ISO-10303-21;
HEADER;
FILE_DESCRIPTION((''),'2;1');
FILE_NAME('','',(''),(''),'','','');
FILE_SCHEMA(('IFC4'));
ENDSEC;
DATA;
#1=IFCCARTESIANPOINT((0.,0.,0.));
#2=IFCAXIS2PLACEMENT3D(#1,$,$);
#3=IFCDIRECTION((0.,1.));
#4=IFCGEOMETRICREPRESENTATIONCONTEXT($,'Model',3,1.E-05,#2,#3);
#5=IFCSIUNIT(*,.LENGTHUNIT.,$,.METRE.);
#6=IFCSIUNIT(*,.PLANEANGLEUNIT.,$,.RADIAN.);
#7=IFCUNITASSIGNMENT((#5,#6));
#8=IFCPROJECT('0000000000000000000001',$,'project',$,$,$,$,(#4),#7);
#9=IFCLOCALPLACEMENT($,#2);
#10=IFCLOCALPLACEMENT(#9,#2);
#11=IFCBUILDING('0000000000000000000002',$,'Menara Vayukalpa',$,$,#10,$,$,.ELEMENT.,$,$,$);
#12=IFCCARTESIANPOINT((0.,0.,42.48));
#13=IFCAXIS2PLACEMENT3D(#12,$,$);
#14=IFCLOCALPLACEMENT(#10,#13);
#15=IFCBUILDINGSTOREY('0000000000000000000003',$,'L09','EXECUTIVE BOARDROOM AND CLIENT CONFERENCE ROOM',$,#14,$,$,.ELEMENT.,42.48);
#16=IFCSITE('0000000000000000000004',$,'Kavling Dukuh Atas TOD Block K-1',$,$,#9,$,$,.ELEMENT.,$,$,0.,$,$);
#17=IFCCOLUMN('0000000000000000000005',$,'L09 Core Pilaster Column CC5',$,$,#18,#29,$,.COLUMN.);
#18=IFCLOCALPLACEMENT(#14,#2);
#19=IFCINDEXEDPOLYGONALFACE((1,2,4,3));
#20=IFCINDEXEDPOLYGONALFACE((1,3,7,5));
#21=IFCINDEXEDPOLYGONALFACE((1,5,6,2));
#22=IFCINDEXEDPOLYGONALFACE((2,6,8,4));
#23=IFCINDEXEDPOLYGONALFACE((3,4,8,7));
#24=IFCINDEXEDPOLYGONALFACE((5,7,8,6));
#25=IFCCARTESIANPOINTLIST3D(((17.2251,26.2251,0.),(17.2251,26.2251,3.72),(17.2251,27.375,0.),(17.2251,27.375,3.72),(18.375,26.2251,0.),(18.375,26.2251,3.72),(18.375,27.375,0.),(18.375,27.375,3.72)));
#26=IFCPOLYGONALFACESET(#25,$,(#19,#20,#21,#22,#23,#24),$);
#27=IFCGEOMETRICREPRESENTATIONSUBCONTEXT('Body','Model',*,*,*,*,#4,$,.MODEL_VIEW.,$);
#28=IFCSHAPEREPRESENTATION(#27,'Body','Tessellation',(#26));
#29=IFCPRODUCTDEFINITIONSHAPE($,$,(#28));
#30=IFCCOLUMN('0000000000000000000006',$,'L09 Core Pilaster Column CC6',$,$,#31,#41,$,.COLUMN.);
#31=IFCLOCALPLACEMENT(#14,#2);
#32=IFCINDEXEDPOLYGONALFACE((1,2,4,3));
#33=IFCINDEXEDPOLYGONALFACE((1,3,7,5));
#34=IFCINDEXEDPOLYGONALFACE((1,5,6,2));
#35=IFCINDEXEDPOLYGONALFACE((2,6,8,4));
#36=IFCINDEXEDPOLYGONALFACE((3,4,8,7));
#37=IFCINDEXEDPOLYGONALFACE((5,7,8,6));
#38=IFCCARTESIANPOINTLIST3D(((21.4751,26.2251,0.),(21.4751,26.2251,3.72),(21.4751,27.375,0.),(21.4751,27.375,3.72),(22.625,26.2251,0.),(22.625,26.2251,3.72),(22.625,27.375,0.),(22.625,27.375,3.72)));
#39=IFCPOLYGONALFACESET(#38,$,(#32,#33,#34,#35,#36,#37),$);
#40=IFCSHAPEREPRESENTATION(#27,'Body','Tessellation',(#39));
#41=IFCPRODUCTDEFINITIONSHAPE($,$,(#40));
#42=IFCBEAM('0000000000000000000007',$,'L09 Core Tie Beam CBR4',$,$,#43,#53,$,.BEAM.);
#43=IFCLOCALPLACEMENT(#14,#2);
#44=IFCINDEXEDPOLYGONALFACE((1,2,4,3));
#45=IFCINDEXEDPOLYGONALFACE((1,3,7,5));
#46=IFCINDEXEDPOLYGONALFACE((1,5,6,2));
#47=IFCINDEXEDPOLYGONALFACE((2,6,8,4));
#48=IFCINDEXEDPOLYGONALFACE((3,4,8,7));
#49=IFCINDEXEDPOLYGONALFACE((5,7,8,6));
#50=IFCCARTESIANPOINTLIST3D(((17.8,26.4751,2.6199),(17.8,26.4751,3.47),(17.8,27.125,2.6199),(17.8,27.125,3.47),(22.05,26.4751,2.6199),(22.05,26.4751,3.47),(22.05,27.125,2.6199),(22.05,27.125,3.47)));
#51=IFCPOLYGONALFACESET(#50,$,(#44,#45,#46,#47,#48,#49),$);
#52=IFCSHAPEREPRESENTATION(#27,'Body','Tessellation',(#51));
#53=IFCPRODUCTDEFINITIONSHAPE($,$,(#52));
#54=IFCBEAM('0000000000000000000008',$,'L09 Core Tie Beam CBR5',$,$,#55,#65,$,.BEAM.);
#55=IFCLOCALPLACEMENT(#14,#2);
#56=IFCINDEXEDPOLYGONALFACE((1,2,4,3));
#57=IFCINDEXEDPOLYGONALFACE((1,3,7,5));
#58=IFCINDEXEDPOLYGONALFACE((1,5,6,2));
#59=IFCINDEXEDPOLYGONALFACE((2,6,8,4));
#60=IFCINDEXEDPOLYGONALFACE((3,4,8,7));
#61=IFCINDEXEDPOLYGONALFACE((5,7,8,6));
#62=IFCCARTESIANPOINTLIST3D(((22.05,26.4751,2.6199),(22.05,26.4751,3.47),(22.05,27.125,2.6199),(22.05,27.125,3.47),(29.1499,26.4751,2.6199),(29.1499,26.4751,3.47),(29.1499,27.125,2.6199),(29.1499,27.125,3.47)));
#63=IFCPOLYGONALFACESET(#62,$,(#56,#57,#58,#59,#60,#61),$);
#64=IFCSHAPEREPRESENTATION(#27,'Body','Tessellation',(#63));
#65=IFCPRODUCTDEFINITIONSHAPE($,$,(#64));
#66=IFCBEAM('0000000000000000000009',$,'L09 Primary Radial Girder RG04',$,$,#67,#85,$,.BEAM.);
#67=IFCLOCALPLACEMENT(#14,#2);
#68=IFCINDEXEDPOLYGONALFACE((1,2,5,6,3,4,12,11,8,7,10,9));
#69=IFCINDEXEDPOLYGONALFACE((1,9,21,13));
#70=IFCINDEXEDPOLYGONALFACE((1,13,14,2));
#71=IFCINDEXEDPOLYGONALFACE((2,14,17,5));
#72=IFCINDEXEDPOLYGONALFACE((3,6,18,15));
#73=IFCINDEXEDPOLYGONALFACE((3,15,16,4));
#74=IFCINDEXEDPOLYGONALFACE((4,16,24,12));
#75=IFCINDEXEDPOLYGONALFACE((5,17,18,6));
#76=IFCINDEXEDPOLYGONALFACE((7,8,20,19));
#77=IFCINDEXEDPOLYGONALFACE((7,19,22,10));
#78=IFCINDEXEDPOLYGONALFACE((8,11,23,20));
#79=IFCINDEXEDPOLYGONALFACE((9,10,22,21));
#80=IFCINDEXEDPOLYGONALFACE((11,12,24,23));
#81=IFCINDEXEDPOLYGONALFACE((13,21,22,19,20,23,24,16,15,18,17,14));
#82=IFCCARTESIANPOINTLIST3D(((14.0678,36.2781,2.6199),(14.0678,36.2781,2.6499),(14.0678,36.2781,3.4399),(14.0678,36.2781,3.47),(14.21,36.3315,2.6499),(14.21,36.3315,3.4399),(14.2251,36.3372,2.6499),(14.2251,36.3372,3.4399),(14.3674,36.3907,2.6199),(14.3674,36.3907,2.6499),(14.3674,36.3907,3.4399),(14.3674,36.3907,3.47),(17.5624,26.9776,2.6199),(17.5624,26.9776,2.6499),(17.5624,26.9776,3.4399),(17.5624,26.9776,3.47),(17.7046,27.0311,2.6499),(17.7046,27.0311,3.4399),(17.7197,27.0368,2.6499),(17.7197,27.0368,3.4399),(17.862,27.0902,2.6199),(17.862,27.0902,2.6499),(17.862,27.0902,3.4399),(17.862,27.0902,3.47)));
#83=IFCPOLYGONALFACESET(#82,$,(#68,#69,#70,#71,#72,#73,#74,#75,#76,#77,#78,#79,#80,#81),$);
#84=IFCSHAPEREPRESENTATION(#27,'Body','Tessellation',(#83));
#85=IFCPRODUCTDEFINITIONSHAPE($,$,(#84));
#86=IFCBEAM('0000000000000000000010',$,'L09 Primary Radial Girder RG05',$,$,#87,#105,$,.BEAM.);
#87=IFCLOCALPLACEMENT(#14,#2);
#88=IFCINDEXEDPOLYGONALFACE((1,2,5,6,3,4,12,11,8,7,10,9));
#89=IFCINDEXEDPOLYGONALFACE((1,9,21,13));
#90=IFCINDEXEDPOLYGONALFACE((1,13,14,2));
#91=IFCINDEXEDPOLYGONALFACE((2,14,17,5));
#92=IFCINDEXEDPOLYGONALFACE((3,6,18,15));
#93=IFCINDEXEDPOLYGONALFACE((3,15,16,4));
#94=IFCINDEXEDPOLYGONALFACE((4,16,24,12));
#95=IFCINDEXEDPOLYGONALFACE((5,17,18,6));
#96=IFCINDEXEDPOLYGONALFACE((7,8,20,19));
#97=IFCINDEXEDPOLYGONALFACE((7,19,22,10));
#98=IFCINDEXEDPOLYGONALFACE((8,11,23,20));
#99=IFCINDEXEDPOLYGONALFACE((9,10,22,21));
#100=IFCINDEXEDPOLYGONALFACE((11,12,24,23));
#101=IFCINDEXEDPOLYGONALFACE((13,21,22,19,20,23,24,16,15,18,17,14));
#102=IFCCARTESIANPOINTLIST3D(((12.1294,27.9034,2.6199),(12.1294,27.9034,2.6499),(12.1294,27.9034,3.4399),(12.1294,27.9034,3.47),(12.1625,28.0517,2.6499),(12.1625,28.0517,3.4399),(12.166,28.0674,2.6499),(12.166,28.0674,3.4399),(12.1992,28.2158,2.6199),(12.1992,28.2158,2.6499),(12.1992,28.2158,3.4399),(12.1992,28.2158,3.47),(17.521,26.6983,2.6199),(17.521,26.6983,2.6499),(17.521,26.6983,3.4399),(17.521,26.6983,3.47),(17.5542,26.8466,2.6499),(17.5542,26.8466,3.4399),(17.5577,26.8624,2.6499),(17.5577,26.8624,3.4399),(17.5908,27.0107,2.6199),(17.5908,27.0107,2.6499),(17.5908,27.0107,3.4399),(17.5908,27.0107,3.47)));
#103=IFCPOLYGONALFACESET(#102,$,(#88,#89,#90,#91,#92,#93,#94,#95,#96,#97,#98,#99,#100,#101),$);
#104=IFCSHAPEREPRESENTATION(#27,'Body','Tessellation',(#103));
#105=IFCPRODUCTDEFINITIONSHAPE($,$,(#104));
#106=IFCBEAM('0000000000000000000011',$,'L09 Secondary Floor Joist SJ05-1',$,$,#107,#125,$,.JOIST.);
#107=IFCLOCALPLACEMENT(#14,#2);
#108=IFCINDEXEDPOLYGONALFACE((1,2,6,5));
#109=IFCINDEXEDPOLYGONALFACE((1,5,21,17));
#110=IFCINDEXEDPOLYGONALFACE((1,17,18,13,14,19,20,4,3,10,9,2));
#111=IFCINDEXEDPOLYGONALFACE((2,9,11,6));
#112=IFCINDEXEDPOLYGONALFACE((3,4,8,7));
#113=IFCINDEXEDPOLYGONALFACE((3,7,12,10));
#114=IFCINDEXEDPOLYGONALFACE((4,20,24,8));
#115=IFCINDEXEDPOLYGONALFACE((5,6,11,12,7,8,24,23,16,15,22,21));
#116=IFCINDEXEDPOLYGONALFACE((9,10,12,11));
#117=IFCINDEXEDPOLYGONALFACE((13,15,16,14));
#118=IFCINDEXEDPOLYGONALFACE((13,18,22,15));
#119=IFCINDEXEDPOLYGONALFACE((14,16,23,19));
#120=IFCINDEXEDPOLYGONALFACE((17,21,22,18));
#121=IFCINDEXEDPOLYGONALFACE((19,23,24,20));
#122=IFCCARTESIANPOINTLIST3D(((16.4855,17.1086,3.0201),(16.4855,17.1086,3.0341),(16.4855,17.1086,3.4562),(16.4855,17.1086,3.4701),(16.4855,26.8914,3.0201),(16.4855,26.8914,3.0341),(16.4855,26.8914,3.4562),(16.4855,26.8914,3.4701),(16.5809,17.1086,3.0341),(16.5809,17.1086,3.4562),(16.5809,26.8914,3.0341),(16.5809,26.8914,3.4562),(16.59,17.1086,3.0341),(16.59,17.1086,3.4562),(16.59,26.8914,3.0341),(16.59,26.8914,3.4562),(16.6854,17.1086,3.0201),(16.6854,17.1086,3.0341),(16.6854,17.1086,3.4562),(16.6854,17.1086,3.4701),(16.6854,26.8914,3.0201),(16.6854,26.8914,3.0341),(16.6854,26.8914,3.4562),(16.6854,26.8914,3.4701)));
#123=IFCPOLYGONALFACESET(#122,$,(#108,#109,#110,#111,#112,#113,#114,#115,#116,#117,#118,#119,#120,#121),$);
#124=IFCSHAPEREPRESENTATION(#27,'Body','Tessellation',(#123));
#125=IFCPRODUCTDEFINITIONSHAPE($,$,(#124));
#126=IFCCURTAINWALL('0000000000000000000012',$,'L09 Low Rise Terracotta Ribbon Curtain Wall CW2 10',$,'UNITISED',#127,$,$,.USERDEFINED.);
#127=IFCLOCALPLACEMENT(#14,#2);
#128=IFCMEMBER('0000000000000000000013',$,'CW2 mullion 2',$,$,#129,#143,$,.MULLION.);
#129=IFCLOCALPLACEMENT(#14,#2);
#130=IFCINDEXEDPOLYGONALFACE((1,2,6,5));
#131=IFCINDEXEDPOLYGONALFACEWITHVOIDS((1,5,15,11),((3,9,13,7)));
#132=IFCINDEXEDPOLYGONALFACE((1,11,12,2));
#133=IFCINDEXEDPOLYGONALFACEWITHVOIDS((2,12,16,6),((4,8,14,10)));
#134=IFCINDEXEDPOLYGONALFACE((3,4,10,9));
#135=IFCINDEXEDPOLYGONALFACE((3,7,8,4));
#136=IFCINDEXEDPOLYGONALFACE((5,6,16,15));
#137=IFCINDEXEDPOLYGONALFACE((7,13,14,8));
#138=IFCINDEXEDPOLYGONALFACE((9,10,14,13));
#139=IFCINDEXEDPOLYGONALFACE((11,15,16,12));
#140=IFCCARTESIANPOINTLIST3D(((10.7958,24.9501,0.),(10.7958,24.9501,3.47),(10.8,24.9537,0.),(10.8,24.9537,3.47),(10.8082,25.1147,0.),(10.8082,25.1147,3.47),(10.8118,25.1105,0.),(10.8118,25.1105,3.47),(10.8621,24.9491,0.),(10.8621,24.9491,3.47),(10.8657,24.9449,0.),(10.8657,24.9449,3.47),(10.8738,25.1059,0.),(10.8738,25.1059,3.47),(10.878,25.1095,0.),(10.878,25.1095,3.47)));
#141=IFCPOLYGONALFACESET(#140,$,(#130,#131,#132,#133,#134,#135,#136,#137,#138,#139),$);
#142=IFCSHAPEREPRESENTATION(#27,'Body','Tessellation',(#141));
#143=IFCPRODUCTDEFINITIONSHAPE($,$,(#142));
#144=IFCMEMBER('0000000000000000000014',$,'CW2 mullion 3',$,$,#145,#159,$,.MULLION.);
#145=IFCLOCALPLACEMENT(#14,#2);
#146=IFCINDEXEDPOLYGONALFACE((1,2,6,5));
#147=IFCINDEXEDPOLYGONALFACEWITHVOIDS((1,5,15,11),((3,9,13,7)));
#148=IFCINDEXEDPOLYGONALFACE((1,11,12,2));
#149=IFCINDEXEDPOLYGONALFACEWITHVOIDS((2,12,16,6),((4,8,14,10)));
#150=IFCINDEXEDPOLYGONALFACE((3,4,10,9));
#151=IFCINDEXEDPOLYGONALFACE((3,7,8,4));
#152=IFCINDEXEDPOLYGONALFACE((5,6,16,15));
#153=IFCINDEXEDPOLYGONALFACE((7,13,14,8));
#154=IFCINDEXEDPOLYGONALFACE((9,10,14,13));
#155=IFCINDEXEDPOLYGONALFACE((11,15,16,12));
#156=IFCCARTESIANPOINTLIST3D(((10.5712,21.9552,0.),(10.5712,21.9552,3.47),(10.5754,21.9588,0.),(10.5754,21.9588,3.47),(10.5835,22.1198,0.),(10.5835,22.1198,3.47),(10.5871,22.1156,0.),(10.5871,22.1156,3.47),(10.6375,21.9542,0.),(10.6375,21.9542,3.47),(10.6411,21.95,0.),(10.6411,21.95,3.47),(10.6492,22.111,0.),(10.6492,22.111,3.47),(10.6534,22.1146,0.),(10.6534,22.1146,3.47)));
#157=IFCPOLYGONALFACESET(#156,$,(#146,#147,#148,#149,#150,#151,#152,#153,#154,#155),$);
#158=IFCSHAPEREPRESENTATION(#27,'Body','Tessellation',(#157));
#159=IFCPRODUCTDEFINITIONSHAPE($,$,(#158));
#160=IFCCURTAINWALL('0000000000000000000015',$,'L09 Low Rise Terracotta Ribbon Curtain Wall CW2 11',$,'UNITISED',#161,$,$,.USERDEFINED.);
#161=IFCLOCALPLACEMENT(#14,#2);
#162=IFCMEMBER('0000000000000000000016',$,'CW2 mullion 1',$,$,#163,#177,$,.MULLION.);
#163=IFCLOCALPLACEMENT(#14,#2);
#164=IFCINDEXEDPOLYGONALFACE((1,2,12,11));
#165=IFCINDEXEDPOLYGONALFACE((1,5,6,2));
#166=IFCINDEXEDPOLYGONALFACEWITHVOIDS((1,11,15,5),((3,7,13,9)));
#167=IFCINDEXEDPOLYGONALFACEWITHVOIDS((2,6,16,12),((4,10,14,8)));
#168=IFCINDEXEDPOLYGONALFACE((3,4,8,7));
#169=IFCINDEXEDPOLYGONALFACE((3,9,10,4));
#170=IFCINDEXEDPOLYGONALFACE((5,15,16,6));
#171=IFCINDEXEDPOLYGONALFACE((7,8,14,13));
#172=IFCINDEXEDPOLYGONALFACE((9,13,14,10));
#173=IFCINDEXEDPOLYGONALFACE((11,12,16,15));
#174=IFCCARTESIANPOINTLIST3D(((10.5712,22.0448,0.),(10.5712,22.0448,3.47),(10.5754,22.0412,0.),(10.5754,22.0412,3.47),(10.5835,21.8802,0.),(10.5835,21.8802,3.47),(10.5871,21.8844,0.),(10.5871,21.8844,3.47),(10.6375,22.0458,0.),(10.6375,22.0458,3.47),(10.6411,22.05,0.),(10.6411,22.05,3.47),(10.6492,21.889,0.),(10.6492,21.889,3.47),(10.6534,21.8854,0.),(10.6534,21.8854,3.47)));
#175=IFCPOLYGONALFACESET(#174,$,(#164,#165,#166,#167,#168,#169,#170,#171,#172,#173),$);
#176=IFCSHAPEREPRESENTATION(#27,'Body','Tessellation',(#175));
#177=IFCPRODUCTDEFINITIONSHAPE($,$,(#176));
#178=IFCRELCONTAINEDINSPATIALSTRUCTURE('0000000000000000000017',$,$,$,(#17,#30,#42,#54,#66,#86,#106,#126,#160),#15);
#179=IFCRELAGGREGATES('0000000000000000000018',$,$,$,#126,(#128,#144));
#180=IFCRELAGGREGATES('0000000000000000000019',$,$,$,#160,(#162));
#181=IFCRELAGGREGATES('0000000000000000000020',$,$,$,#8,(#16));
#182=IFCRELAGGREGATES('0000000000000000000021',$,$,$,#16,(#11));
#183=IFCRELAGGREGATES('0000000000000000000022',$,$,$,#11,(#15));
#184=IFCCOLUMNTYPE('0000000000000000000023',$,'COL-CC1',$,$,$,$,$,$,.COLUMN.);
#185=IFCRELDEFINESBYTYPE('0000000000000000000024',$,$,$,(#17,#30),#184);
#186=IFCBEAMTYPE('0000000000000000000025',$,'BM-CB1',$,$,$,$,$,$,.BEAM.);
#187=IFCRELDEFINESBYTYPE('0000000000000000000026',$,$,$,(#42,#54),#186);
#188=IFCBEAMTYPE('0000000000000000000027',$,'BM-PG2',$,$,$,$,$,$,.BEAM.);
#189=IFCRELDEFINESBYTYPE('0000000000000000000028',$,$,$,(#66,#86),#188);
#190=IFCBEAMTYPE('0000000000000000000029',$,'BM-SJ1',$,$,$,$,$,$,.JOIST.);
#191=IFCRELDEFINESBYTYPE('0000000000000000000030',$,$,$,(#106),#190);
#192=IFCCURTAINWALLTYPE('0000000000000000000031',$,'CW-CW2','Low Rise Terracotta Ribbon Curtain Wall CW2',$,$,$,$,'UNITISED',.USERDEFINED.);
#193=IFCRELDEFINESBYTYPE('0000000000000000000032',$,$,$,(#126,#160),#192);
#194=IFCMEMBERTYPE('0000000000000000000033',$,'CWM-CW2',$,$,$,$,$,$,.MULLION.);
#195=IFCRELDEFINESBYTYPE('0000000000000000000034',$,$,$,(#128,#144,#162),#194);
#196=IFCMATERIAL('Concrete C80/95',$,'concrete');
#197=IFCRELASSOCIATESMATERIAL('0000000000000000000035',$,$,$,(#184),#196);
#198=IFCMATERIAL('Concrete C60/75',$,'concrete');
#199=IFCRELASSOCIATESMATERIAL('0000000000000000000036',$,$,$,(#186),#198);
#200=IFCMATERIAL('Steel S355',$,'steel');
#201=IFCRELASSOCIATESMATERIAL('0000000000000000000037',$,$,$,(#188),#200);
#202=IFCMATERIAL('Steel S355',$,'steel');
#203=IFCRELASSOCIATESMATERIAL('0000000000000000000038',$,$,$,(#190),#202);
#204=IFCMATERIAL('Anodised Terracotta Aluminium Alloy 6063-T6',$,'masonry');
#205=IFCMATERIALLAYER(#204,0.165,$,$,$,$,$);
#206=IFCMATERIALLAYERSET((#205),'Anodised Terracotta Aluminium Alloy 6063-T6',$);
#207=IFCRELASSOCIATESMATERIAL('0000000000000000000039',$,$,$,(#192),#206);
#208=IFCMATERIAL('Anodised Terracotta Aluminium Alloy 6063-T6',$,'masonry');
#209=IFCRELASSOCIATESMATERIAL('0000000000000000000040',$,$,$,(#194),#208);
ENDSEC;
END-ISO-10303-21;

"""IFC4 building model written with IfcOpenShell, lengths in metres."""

from ifc_helpers import new_model, si_unit, direction, frame, origin, origin_2d, place, context, subcontext, project, spatial, rectangle, hollow_rectangle, i_section, extrude, material, layer, layer_set, material_profile, profile_set, type_object, element, aggregate, save


model = new_model("IFC4")

# Units and contexts
model_context = context("Model", 3, precision=1e-05, world=origin(), true_north=direction((0.0, 1.0)))
body_context = subcontext(model_context, "Body", "Model", "MODEL_VIEW")
ifc_project = project(units=[si_unit("LENGTHUNIT", "METRE"), si_unit("PLANEANGLEUNIT", "RADIAN")], contexts=[model_context])

# Site, building, storey
site_placement = place(None, origin())
site = spatial("IfcSite", under=ifc_project, at=site_placement, Name="Kavling Dukuh Atas TOD Block K-1", CompositionType="ELEMENT", RefElevation=0.0)
building_placement = place(site_placement, origin())
building = spatial("IfcBuilding", under=site, at=building_placement, Name="Menara Vayukalpa", CompositionType="ELEMENT")
storey_placement = place(building_placement, frame((0.0, 0.0, 42.48)))
storey = spatial("IfcBuildingStorey", under=building, at=storey_placement, Name="L09", Description="EXECUTIVE BOARDROOM AND CLIENT CONFERENCE ROOM", CompositionType="ELEMENT", Elevation=42.48)

# Columns
ifc_material_1 = material(Name="Concrete C80/95", Category="concrete")
ifc_material_profile_1 = material_profile(ifc_material_1, rectangle(XDim=1.1499, YDim=1.1499, at=origin_2d()), Name="RC 1150x1150")
ifc_profile_set_1 = profile_set([ifc_material_profile_1], Name="Concrete C80/95")
column_type = type_object("IfcColumnType", Name="COL-CC1", PredefinedType="COLUMN", material=ifc_profile_set_1)
for number, where, z_axis, x_axis, name in (
    (1, (17.8, 26.8, 0.0), (0.0, 0.0, 1.0), (1.0, 0.0, 0.0), "L09 Core Pilaster Column CC5"),
    (2, (22.05, 26.8, 0.0), (0.0, 0.0, 1.0), (1.0, 0.0, 0.0), "L09 Core Pilaster Column CC6"),
):
    element("IfcColumn", number, at=place(storey_placement, frame(where, z_axis=z_axis, x_axis=x_axis)), inside=storey, type_object=column_type, Name=name, PredefinedType="COLUMN", context=body_context, shape_type="SweptSolid", body=[
        extrude(rectangle(XDim=1.1499, YDim=1.1499, at=origin_2d()), origin(), (0.0, 0.0, 1.0), 3.72),
    ])

# Beams
ifc_material_2 = material(Name="Concrete C60/75", Category="concrete")
ifc_material_profile_2 = material_profile(ifc_material_2, rectangle(XDim=0.6499, YDim=0.8501, at=origin_2d()), Name="RC 650x850")
ifc_profile_set_2 = profile_set([ifc_material_profile_2], Name="Concrete C60/75")
beam_type_1 = type_object("IfcBeamType", Name="BM-CB1", PredefinedType="BEAM", material=ifc_profile_set_2)
beam_1_placement = place(storey_placement, frame((17.8, 26.8, 3.0449), z_axis=(1.0, 0.0, 0.0), x_axis=(0.0, 1.0, 0.0)))
element("IfcBeam", 3, at=beam_1_placement, inside=storey, type_object=beam_type_1, Name="L09 Core Tie Beam CBR4", PredefinedType="BEAM", context=body_context, shape_type="SweptSolid", body=[
    extrude(rectangle(XDim=0.6499, YDim=0.8501, at=origin_2d()), origin(), (0.0, 0.0, 1.0), 4.25),
])
beam_2_placement = place(storey_placement, frame((22.05, 26.8, 3.0449), z_axis=(1.0, 0.0, 0.0), x_axis=(0.0, 1.0, 0.0)))
element("IfcBeam", 4, at=beam_2_placement, inside=storey, type_object=beam_type_1, Name="L09 Core Tie Beam CBR5", PredefinedType="BEAM", context=body_context, shape_type="SweptSolid", body=[
    extrude(rectangle(XDim=0.6499, YDim=0.8501, at=origin_2d()), origin(), (0.0, 0.0, 1.0), 7.0999),
])
ifc_material_3 = material(Name="Steel S355", Category="steel")
ifc_material_profile_3 = material_profile(ifc_material_3, i_section(OverallWidth=0.3201, OverallDepth=0.8501, WebThickness=0.0161, FlangeThickness=0.03, at=origin_2d()), Name="WF 850x320x16x30")
ifc_profile_set_3 = profile_set([ifc_material_profile_3], Name="Steel S355")
beam_type_2 = type_object("IfcBeamType", Name="BM-PG2", PredefinedType="BEAM", material=ifc_profile_set_3)
beam_3_placement = place(storey_placement, frame((17.7122, 27.0339, 3.0449), z_axis=(-0.351735, 0.9361, 0.0), x_axis=(-0.9361, -0.351735, 0.0)))
element("IfcBeam", 5, at=beam_3_placement, inside=storey, type_object=beam_type_2, Name="L09 Primary Radial Girder RG04", PredefinedType="BEAM", context=body_context, shape_type="SweptSolid", body=[
    extrude(i_section(OverallWidth=0.3201, OverallDepth=0.8501, WebThickness=0.0161, FlangeThickness=0.03, at=origin_2d()), origin(), (0.0, 0.0, 1.0), 9.9353),
])
beam_4_placement = place(storey_placement, frame((17.5559, 26.8545, 3.0449), z_axis=(-0.97592, 0.218128, 0.0), x_axis=(-0.218128, -0.97592, 0.0)))
element("IfcBeam", 6, at=beam_4_placement, inside=storey, type_object=beam_type_2, Name="L09 Primary Radial Girder RG05", PredefinedType="BEAM", context=body_context, shape_type="SweptSolid", body=[
    extrude(i_section(OverallWidth=0.3201, OverallDepth=0.8501, WebThickness=0.0161, FlangeThickness=0.03, at=origin_2d()), origin(), (0.0, 0.0, 1.0), 5.5247),
])
ifc_material_4 = material(Name="Steel S355", Category="steel")
ifc_material_profile_4 = material_profile(ifc_material_4, i_section(OverallWidth=0.2, OverallDepth=0.45, WebThickness=0.009, FlangeThickness=0.0139, at=origin_2d()), Name="WF 450x200x9x14")
ifc_profile_set_4 = profile_set([ifc_material_profile_4], Name="Steel S355")
beam_type_3 = type_object("IfcBeamType", Name="BM-SJ1", PredefinedType="JOIST", material=ifc_profile_set_4)
beam_5_placement = place(storey_placement, frame((16.5854, 26.8914, 3.2451), z_axis=(0.0, -1.0, 0.0), x_axis=(1.0, 0.0, 0.0)))
element("IfcBeam", 7, at=beam_5_placement, inside=storey, type_object=beam_type_3, Name="L09 Secondary Floor Joist SJ05-1", PredefinedType="JOIST", context=body_context, shape_type="SweptSolid", body=[
    extrude(i_section(OverallWidth=0.2, OverallDepth=0.45, WebThickness=0.009, FlangeThickness=0.0139, at=origin_2d()), origin(), (0.0, 0.0, 1.0), 9.7827),
])

# Curtain wall, members
ifc_material_5 = material(Name="Anodised Terracotta Aluminium Alloy 6063-T6", Category="masonry")
ifc_layer_1 = layer(ifc_material_5, 0.165)
ifc_layer_set_1 = layer_set([ifc_layer_1], Name="Anodised Terracotta Aluminium Alloy 6063-T6")
curtain_wall_type = type_object("IfcCurtainWallType", Name="CW-CW2", Description="Low Rise Terracotta Ribbon Curtain Wall CW2", ElementType="UNITISED", PredefinedType="USERDEFINED", material=ifc_layer_set_1)
curtain_wall_1_placement = place(storey_placement, origin())
curtain_wall_1 = element("IfcCurtainWall", 8, at=curtain_wall_1_placement, inside=storey, type_object=curtain_wall_type, Name="L09 Low Rise Terracotta Ribbon Curtain Wall CW2 10", ObjectType="UNITISED", PredefinedType="USERDEFINED")
ifc_material_6 = material(Name="Anodised Terracotta Aluminium Alloy 6063-T6", Category="masonry")
ifc_material_profile_5 = material_profile(ifc_material_6, hollow_rectangle(XDim=0.0701, YDim=0.165, WallThickness=0.0039, at=origin_2d()), Name="ALU 70x165x4")
ifc_profile_set_5 = profile_set([ifc_material_profile_5], Name="Anodised Terracotta Aluminium Alloy 6063-T6")
member_type_1 = type_object("IfcMemberType", Name="CWM-CW2", PredefinedType="MULLION", material=ifc_profile_set_5)
member_1_placement = place(storey_placement, frame((10.8369, 25.0298, 0.0), z_axis=(0.0, 0.0, 1.0), x_axis=(0.997199, -0.074795, 0.0)))
member_1 = element("IfcMember", 9, at=member_1_placement, type_object=member_type_1, Name="CW2 mullion 2", PredefinedType="MULLION", context=body_context, shape_type="SweptSolid", body=[
    extrude(hollow_rectangle(XDim=0.0701, YDim=0.165, WallThickness=0.0039, at=origin_2d()), origin(), (0.0, 0.0, 1.0), 3.47),
])
member_2_placement = place(storey_placement, frame((10.6123, 22.0349, 0.0), z_axis=(0.0, 0.0, 1.0), x_axis=(0.997199, -0.074795, 0.0)))
member_2 = element("IfcMember", 10, at=member_2_placement, type_object=member_type_1, Name="CW2 mullion 3", PredefinedType="MULLION", context=body_context, shape_type="SweptSolid", body=[
    extrude(hollow_rectangle(XDim=0.0701, YDim=0.165, WallThickness=0.0039, at=origin_2d()), origin(), (0.0, 0.0, 1.0), 3.47),
])

# Curtain wall, member
curtain_wall_2_placement = place(storey_placement, origin())
curtain_wall_2 = element("IfcCurtainWall", 11, at=curtain_wall_2_placement, inside=storey, type_object=curtain_wall_type, Name="L09 Low Rise Terracotta Ribbon Curtain Wall CW2 11", ObjectType="UNITISED", PredefinedType="USERDEFINED")
member_3_placement = place(storey_placement, frame((10.6123, 21.9651, 0.0), z_axis=(0.0, 0.0, 1.0), x_axis=(0.997199, 0.074795, 0.0)))
member_3 = element("IfcMember", 12, at=member_3_placement, type_object=member_type_1, Name="CW2 mullion 1", PredefinedType="MULLION", context=body_context, shape_type="SweptSolid", body=[
    extrude(hollow_rectangle(XDim=0.0701, YDim=0.165, WallThickness=0.0039, at=origin_2d()), origin(), (0.0, 0.0, 1.0), 3.47),
])

aggregate(curtain_wall_1, [member_1, member_2])
aggregate(curtain_wall_2, [member_3])

save(model, "model.ifc")
